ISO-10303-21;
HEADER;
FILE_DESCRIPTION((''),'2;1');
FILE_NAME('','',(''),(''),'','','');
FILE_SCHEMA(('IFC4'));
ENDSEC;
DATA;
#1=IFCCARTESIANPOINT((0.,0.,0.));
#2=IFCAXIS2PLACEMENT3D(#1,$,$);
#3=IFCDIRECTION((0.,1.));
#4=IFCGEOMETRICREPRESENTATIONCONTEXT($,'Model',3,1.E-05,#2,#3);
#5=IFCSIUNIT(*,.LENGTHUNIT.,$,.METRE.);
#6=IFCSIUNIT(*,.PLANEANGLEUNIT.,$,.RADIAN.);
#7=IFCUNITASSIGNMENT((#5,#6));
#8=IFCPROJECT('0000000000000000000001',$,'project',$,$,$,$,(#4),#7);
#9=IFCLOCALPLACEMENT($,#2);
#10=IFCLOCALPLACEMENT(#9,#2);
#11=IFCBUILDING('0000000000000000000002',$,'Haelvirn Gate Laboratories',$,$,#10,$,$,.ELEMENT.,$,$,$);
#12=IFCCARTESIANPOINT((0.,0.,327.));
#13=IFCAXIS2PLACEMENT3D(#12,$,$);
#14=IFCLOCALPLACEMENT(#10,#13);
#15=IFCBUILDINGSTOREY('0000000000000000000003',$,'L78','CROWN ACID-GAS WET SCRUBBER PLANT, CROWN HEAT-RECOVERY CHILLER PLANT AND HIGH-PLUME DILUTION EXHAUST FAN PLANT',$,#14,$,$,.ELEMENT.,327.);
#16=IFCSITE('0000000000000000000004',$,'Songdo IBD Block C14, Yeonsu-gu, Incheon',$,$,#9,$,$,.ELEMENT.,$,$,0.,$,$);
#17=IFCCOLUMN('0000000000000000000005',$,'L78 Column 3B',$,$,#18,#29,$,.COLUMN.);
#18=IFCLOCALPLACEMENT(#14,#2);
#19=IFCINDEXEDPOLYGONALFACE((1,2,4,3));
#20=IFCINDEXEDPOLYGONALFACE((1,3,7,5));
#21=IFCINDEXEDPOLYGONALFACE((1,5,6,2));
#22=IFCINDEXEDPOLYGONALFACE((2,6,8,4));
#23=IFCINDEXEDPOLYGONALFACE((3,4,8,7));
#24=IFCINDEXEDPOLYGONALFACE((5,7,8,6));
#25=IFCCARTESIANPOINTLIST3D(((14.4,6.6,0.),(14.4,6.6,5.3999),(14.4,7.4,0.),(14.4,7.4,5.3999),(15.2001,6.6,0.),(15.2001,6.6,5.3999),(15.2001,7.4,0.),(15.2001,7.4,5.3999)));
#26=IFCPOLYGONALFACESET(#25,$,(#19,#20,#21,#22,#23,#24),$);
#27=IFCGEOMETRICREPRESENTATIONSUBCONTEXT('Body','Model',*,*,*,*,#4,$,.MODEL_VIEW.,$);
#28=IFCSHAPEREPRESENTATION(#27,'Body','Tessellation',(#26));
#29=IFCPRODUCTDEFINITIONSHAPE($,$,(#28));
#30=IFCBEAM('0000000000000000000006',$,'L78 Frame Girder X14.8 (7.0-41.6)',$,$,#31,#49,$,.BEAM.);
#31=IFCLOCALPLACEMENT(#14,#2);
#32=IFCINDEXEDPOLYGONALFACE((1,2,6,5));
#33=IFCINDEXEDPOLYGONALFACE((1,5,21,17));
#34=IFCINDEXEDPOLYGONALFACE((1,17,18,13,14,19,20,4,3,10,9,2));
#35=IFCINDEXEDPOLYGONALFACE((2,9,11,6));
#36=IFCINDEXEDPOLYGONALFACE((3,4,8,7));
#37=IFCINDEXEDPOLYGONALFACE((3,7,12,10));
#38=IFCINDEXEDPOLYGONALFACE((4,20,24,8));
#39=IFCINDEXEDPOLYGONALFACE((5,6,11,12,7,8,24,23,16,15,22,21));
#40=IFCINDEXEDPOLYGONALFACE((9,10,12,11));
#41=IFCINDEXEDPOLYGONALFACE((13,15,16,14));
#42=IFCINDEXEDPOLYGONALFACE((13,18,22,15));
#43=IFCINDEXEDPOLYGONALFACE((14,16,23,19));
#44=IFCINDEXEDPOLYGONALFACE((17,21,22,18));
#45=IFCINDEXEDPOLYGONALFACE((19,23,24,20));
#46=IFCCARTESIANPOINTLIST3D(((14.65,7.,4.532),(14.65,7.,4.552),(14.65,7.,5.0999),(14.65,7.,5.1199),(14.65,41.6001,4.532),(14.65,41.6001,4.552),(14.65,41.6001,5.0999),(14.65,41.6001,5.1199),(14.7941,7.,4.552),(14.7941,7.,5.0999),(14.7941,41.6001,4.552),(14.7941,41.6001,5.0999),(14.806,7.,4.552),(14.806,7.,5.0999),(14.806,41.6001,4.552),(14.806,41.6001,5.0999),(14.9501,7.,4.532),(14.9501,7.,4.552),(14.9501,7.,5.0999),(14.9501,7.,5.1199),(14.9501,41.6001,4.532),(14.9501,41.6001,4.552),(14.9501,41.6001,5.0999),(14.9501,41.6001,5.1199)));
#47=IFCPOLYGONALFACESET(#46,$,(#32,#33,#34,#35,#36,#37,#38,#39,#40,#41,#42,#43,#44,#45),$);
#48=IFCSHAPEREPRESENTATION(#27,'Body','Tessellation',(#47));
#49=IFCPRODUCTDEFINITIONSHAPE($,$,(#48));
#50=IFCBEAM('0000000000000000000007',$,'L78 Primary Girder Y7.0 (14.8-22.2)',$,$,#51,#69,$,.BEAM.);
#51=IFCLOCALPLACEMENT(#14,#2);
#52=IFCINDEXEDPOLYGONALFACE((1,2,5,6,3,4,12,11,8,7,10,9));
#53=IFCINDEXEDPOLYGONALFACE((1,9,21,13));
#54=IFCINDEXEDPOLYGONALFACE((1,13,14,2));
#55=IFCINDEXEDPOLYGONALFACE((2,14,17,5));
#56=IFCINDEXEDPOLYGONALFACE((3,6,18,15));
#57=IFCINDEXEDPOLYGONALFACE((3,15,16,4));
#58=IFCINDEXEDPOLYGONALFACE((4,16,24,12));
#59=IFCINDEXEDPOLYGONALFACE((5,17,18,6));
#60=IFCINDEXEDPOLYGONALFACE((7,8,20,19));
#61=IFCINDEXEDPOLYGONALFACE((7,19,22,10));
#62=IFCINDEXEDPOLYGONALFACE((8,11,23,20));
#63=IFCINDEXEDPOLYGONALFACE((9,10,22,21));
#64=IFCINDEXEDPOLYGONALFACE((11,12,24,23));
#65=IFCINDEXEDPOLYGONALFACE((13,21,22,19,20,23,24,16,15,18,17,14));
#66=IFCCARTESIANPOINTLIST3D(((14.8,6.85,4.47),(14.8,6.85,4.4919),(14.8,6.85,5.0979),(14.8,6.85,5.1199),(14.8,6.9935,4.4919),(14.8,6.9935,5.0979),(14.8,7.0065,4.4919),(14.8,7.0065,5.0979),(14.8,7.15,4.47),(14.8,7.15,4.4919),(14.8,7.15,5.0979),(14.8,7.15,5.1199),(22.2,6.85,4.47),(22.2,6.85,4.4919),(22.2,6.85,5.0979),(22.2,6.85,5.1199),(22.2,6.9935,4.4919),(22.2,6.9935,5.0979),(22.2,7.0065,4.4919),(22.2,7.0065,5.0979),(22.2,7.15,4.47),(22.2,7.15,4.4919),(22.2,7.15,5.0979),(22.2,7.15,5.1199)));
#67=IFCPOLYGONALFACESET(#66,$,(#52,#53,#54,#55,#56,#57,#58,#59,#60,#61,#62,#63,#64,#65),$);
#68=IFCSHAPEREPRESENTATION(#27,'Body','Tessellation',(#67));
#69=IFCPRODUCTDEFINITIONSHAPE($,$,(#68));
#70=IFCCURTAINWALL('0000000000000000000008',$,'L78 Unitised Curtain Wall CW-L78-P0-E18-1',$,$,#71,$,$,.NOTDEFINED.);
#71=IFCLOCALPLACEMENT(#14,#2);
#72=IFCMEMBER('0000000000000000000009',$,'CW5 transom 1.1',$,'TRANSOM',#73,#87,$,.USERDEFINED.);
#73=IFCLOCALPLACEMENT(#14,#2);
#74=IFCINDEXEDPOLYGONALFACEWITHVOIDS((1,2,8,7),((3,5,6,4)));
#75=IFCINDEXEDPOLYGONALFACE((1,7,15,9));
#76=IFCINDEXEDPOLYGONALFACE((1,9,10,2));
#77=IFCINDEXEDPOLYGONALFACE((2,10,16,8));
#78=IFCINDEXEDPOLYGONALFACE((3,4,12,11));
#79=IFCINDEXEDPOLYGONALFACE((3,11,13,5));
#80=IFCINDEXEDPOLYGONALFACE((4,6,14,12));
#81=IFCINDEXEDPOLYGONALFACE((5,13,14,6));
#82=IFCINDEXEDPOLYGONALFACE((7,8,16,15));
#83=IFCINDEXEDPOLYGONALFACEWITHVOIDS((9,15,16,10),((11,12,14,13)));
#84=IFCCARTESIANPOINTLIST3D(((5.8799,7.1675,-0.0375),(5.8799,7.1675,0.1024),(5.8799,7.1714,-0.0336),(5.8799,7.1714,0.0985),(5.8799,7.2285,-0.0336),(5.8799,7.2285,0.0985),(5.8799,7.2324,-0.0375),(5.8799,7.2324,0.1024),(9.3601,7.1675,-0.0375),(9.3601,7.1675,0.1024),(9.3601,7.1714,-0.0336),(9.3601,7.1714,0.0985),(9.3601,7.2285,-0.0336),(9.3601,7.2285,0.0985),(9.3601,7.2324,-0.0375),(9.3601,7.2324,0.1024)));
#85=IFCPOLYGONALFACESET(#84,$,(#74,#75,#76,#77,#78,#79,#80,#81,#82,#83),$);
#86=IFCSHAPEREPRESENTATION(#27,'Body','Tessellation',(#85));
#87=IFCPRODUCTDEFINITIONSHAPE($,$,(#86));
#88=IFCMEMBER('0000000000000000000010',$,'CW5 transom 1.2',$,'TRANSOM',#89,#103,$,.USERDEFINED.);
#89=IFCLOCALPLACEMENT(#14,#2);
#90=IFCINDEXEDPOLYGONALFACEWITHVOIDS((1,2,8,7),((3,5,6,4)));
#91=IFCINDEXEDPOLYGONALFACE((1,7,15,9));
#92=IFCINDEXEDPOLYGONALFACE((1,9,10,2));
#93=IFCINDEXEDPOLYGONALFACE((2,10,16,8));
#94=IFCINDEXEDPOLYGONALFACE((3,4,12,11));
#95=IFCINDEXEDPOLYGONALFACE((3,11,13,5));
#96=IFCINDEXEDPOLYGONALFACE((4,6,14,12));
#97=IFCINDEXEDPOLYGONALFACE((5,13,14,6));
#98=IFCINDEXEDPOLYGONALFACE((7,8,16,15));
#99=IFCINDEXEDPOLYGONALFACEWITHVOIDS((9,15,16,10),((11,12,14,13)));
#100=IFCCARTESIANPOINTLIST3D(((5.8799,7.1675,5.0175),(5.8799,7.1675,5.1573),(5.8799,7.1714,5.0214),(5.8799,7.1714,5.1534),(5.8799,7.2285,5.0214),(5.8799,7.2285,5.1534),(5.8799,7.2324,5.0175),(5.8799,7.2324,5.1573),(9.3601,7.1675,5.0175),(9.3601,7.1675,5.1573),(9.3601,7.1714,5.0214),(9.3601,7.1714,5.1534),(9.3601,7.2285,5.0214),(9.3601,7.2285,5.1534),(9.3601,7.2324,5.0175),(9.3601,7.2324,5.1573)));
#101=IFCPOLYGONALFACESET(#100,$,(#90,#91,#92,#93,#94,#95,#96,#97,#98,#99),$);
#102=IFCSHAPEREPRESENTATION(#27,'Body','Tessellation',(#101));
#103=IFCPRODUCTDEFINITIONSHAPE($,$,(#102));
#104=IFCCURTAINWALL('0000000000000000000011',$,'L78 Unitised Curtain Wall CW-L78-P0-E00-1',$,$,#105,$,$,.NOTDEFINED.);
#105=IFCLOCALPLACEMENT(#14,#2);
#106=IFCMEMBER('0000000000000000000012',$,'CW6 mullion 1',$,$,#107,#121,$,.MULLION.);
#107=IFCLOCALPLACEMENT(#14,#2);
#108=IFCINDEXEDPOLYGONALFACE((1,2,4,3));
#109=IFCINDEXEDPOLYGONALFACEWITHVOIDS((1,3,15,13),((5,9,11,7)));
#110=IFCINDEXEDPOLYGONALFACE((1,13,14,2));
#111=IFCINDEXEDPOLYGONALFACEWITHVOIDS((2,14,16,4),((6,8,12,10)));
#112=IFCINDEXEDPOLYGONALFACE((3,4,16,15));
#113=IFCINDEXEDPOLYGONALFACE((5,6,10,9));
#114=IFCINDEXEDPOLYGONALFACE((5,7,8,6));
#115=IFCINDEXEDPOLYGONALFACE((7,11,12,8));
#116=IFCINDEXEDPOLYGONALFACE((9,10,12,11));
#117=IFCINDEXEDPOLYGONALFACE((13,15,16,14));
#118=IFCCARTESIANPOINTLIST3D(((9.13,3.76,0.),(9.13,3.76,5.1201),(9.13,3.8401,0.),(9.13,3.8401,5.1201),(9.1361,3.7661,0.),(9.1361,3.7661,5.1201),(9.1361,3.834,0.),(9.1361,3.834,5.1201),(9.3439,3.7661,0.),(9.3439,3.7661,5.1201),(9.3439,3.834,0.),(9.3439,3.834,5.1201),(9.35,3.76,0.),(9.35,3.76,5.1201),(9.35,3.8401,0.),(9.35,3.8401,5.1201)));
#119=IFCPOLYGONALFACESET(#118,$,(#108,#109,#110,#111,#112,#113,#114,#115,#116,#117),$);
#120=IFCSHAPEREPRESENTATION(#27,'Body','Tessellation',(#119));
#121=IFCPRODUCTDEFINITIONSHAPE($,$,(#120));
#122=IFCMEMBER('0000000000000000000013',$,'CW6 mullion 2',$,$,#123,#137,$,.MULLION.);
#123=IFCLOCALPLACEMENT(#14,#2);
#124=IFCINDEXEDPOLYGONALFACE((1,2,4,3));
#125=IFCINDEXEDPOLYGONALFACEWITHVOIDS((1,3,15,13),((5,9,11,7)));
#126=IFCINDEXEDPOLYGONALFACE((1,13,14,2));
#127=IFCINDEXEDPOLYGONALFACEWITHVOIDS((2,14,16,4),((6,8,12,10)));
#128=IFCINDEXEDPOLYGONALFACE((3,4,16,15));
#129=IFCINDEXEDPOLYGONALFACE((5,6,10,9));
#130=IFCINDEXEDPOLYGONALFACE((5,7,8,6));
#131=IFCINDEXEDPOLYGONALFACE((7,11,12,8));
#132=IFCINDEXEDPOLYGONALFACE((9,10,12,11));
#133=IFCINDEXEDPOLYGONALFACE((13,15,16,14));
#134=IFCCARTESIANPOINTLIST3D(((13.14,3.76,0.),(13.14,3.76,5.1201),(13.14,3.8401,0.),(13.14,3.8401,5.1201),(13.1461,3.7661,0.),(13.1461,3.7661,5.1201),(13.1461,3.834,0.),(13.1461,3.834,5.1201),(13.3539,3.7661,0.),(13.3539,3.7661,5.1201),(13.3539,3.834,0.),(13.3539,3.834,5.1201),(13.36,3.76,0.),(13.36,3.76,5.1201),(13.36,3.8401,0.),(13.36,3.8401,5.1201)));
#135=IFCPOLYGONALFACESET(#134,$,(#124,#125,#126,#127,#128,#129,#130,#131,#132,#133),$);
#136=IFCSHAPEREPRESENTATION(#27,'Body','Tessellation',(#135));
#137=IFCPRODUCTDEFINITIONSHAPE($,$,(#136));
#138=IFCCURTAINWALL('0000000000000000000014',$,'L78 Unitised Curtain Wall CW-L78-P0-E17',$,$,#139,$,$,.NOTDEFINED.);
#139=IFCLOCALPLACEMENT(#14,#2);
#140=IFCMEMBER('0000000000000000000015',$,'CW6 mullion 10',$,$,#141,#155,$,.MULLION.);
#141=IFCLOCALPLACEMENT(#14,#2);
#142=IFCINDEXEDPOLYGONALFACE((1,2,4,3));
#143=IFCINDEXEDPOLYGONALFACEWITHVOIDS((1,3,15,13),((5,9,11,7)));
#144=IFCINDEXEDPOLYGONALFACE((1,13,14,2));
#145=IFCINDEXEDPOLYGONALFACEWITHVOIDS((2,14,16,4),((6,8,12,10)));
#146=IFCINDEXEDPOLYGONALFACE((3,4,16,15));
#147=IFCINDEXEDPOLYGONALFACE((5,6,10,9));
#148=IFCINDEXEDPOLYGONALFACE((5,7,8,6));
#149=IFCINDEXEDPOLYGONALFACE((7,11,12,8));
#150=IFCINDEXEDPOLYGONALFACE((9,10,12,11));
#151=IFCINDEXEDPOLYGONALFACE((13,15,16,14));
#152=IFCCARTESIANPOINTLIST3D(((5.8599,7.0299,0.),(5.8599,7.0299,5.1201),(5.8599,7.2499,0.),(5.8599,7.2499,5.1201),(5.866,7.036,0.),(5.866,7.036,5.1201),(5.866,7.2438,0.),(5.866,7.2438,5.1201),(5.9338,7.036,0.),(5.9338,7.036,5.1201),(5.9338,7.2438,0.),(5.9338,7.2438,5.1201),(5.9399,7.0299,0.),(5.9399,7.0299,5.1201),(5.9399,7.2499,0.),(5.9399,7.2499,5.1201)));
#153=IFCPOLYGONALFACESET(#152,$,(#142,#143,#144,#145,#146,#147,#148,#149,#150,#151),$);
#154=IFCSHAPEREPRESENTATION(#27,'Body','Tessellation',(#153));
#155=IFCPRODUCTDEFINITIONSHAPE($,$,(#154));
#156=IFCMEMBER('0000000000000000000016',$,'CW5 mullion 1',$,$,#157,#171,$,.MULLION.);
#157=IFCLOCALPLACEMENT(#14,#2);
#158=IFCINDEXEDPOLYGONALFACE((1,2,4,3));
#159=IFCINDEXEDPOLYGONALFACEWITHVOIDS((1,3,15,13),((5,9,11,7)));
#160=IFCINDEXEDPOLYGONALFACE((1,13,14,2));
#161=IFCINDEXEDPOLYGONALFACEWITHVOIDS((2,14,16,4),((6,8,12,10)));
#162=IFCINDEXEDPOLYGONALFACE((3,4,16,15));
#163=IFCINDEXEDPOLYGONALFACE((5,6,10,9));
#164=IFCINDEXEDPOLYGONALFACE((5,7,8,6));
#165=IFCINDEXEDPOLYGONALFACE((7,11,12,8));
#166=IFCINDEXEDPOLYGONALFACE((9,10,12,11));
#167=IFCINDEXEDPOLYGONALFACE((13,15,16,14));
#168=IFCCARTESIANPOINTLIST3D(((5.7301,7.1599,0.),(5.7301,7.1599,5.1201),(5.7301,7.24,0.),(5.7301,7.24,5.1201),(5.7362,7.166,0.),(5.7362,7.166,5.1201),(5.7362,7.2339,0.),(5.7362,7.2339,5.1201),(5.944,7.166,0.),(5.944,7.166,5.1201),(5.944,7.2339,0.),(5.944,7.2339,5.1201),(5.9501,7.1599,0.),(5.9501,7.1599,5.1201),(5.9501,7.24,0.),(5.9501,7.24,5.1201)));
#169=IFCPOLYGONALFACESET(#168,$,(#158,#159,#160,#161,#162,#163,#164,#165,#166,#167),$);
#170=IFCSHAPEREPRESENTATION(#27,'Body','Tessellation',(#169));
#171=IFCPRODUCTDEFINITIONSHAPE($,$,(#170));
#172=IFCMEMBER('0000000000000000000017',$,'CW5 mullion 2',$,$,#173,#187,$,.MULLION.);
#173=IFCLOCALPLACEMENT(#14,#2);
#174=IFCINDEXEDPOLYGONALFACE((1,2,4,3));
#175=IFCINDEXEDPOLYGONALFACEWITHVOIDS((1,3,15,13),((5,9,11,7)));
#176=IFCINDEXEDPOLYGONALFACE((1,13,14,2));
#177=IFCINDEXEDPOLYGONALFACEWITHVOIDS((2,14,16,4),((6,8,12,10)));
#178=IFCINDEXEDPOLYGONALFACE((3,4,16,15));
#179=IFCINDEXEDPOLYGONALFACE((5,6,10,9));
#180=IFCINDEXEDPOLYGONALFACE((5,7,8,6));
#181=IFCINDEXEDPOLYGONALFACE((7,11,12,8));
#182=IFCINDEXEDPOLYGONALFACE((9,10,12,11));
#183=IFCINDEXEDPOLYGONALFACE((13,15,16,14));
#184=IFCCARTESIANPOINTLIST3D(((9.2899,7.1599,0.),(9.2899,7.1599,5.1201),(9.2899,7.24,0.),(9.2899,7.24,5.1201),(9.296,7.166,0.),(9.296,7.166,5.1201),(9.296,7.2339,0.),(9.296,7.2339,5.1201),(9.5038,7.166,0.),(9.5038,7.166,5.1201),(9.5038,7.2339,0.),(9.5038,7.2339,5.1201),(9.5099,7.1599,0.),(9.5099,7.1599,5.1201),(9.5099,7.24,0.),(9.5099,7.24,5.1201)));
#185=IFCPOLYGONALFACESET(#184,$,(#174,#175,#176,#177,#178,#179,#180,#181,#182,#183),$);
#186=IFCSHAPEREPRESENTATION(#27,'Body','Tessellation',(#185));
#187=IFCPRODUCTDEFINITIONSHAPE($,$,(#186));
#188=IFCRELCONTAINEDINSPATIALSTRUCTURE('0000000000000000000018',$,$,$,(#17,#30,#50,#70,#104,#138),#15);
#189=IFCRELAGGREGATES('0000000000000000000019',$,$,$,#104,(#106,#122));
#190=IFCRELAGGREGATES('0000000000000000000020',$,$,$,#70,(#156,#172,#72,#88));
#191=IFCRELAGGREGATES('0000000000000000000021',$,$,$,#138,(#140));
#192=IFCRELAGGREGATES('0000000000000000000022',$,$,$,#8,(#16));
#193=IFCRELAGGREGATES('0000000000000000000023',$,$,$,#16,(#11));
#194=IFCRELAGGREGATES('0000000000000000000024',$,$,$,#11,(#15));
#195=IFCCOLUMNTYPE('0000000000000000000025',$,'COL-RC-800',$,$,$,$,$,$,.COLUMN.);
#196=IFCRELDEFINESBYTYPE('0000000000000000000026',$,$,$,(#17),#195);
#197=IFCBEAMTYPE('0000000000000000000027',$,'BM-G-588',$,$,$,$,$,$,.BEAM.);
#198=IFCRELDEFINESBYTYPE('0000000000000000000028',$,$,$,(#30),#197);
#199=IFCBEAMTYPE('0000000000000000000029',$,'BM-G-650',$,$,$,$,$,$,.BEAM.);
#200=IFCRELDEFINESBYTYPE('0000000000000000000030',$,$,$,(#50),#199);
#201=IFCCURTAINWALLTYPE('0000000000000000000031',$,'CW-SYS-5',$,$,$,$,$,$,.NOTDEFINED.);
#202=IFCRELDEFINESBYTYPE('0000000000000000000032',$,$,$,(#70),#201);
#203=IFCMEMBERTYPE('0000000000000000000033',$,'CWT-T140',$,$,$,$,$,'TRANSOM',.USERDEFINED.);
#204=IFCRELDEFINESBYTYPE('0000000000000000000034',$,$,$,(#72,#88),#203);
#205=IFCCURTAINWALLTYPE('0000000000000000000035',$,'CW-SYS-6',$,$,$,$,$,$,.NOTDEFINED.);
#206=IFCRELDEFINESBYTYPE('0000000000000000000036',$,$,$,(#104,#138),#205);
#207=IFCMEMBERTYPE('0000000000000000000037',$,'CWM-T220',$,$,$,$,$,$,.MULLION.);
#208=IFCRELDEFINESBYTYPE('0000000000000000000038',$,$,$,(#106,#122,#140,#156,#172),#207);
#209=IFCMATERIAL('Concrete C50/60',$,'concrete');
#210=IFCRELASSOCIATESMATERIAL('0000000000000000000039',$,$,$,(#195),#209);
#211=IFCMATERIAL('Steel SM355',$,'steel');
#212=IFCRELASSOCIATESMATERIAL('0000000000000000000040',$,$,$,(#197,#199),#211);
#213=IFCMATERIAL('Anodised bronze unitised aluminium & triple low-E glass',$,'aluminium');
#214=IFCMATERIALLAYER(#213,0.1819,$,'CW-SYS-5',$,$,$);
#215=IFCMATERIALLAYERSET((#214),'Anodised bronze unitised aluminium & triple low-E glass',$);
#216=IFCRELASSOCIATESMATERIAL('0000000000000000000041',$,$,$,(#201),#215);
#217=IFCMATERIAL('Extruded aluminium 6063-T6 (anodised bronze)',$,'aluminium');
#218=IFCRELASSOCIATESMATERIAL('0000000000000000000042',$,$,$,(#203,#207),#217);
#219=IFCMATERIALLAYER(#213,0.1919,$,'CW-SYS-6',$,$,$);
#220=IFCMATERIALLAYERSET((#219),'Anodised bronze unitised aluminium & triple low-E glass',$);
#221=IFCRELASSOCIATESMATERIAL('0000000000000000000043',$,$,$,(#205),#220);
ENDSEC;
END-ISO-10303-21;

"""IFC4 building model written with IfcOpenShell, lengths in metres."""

from ifc_helpers import new_model, si_unit, direction, frame, origin, origin_2d, place, context, subcontext, project, spatial, rectangle, hollow_rectangle, i_section, extrude, source, transform, mapped, material, layer, layer_set, material_profile, profile_set, type_object, type_shapes, element, aggregate, save


model = new_model("IFC4")

# Units and contexts
model_context = context("Model", 3, precision=1e-05, world=origin(), true_north=direction((0.0, 1.0)))
body_context = subcontext(model_context, "Body", "Model", "MODEL_VIEW")
ifc_project = project(units=[si_unit("LENGTHUNIT", "METRE"), si_unit("PLANEANGLEUNIT", "RADIAN")], contexts=[model_context])

# Site, building, storey
site_placement = place(None, origin())
site = spatial("IfcSite", under=ifc_project, at=site_placement, Name="Songdo IBD Block C14, Yeonsu-gu, Incheon", CompositionType="ELEMENT", RefElevation=0.0)
building_placement = place(site_placement, origin())
building = spatial("IfcBuilding", under=site, at=building_placement, Name="Haelvirn Gate Laboratories", CompositionType="ELEMENT")
storey_placement = place(building_placement, frame((0.0, 0.0, 327.0)))
storey = spatial("IfcBuildingStorey", under=building, at=storey_placement, Name="L78", Description="CROWN ACID-GAS WET SCRUBBER PLANT, CROWN HEAT-RECOVERY CHILLER PLANT AND HIGH-PLUME DILUTION EXHAUST FAN PLANT", CompositionType="ELEMENT", Elevation=327.0)

# Column
ifc_material_1 = material(Name="Concrete C50/60", Category="concrete")
ifc_material_profile_1 = material_profile(ifc_material_1, rectangle(XDim=0.8, YDim=0.8, at=origin_2d()), Name="RC-800x800")
ifc_profile_set_1 = profile_set([ifc_material_profile_1], Name="Concrete C50/60")
column_type = type_object("IfcColumnType", Name="COL-RC-800", PredefinedType="COLUMN", material=ifc_profile_set_1)
shared_shape_1 = source(origin(), body_context, "Body", "SweptSolid", [
    extrude(rectangle(XDim=0.8, YDim=0.8, at=origin_2d()), origin(), (0.0, 0.0, 1.0), 5.3999),
])
type_shapes(column_type, [shared_shape_1])
column_placement = place(storey_placement, frame((14.8, 7.0, 0.0), z_axis=(0.0, 0.0, 1.0), x_axis=(1.0, 0.0, 0.0)))
element("IfcColumn", 1, at=column_placement, inside=storey, type_object=column_type, Name="L78 Column 3B", PredefinedType="COLUMN", context=body_context, shape_type="MappedRepresentation", body=[
    mapped(shared_shape_1, transform((0.0, 0.0, 0.0), scale=1.0)),
])

# Beams
ifc_material_2 = material(Name="Steel SM355", Category="steel")
ifc_material_profile_2 = material_profile(ifc_material_2, i_section(OverallWidth=0.3, OverallDepth=0.5879, WebThickness=0.012, FlangeThickness=0.02, at=origin_2d()), Name="H-588x300x12x20")
ifc_profile_set_2 = profile_set([ifc_material_profile_2], Name="Steel SM355")
beam_type_1 = type_object("IfcBeamType", Name="BM-G-588", PredefinedType="BEAM", material=ifc_profile_set_2)
shared_shape_2 = source(origin(), body_context, "Body", "SweptSolid", [
    extrude(i_section(OverallWidth=0.3, OverallDepth=0.5879, WebThickness=0.012, FlangeThickness=0.02, at=origin_2d()), origin(), (0.0, 0.0, 1.0), 34.6001),
])
type_shapes(beam_type_1, [shared_shape_2])
beam_1_placement = place(storey_placement, frame((14.8, 7.0, 4.8259), z_axis=(0.0, 1.0, 0.0), x_axis=(-1.0, 0.0, 0.0)))
element("IfcBeam", 2, at=beam_1_placement, inside=storey, type_object=beam_type_1, Name="L78 Frame Girder X14.8 (7.0-41.6)", PredefinedType="BEAM", context=body_context, shape_type="MappedRepresentation", body=[
    mapped(shared_shape_2, transform((0.0, 0.0, 0.0), scale=1.0)),
])
ifc_material_profile_3 = material_profile(ifc_material_2, i_section(OverallWidth=0.3, OverallDepth=0.6499, WebThickness=0.0129, FlangeThickness=0.022, at=origin_2d()), Name="H-650x300x13x22")
ifc_profile_set_3 = profile_set([ifc_material_profile_3], Name="Steel SM355")
beam_type_2 = type_object("IfcBeamType", Name="BM-G-650", PredefinedType="BEAM", material=ifc_profile_set_3)
shared_shape_3 = source(origin(), body_context, "Body", "SweptSolid", [
    extrude(i_section(OverallWidth=0.3, OverallDepth=0.6499, WebThickness=0.0129, FlangeThickness=0.022, at=origin_2d()), origin(), (0.0, 0.0, 1.0), 7.3999),
])
type_shapes(beam_type_2, [shared_shape_3])
beam_2_placement = place(storey_placement, frame((14.8, 7.0, 4.7949), z_axis=(1.0, 0.0, 0.0), x_axis=(0.0, 1.0, 0.0)))
element("IfcBeam", 3, at=beam_2_placement, inside=storey, type_object=beam_type_2, Name="L78 Primary Girder Y7.0 (14.8-22.2)", PredefinedType="BEAM", context=body_context, shape_type="MappedRepresentation", body=[
    mapped(shared_shape_3, transform((0.0, 0.0, 0.0), scale=1.0)),
])

# Curtain walls, members
ifc_material_3 = material(Name="Anodised bronze unitised aluminium & triple low-E glass", Category="aluminium")
ifc_layer_1 = layer(ifc_material_3, 0.1819, Name="CW-SYS-5")
ifc_layer_set_1 = layer_set([ifc_layer_1], Name="Anodised bronze unitised aluminium & triple low-E glass")
curtain_wall_type_1 = type_object("IfcCurtainWallType", Name="CW-SYS-5", PredefinedType="NOTDEFINED", material=ifc_layer_set_1)
curtain_wall_1_placement = place(storey_placement, origin())
curtain_wall_1 = element("IfcCurtainWall", 4, at=curtain_wall_1_placement, inside=storey, type_object=curtain_wall_type_1, Name="L78 Unitised Curtain Wall CW-L78-P0-E18-1", PredefinedType="NOTDEFINED")
ifc_material_4 = material(Name="Extruded aluminium 6063-T6 (anodised bronze)", Category="aluminium")
ifc_material_profile_4 = material_profile(ifc_material_4, hollow_rectangle(XDim=0.0649, YDim=0.1399, WallThickness=0.0039, at=origin_2d()), Name="CWT-140x65x4")
ifc_profile_set_4 = profile_set([ifc_material_profile_4], Name="Extruded aluminium 6063-T6 (anodised bronze)")
member_type_1 = type_object("IfcMemberType", Name="CWT-T140", ElementType="TRANSOM", PredefinedType="USERDEFINED", material=ifc_profile_set_4)
shared_shape_4 = source(origin(), body_context, "Body", "SweptSolid", [
    extrude(hollow_rectangle(XDim=0.0649, YDim=0.1399, WallThickness=0.0039, at=origin_2d()), origin(), (0.0, 0.0, 1.0), 3.4802),
])
type_shapes(member_type_1, [shared_shape_4])
member_1_placement = place(storey_placement, frame((5.8799, 7.2, 0.0325), z_axis=(1.0, 0.0, 0.0), x_axis=(0.0, 1.0, 0.0)))
member_1 = element("IfcMember", 5, at=member_1_placement, type_object=member_type_1, Name="CW5 transom 1.1", ObjectType="TRANSOM", PredefinedType="USERDEFINED", context=body_context, shape_type="MappedRepresentation", body=[
    mapped(shared_shape_4, transform((0.0, 0.0, 0.0), scale=1.0)),
])
member_2_placement = place(storey_placement, frame((5.8799, 7.2, 5.0874), z_axis=(1.0, 0.0, 0.0), x_axis=(0.0, 1.0, 0.0)))
member_2 = element("IfcMember", 6, at=member_2_placement, type_object=member_type_1, Name="CW5 transom 1.2", ObjectType="TRANSOM", PredefinedType="USERDEFINED", context=body_context, shape_type="MappedRepresentation", body=[
    mapped(shared_shape_4, transform((0.0, 0.0, 0.0), scale=1.0)),
])
ifc_layer_2 = layer(ifc_material_3, 0.1919, Name="CW-SYS-6")
ifc_layer_set_2 = layer_set([ifc_layer_2], Name="Anodised bronze unitised aluminium & triple low-E glass")
curtain_wall_type_2 = type_object("IfcCurtainWallType", Name="CW-SYS-6", PredefinedType="NOTDEFINED", material=ifc_layer_set_2)
curtain_wall_2_placement = place(storey_placement, origin())
curtain_wall_2 = element("IfcCurtainWall", 7, at=curtain_wall_2_placement, inside=storey, type_object=curtain_wall_type_2, Name="L78 Unitised Curtain Wall CW-L78-P0-E00-1", PredefinedType="NOTDEFINED")
ifc_material_profile_5 = material_profile(ifc_material_4, hollow_rectangle(XDim=0.0801, YDim=0.22, WallThickness=0.0061, at=origin_2d()), Name="CWM-220x80x6")
ifc_profile_set_5 = profile_set([ifc_material_profile_5], Name="Extruded aluminium 6063-T6 (anodised bronze)")
member_type_2 = type_object("IfcMemberType", Name="CWM-T220", PredefinedType="MULLION", material=ifc_profile_set_5)
shared_shape_5 = source(origin(), body_context, "Body", "SweptSolid", [
    extrude(hollow_rectangle(XDim=0.0801, YDim=0.22, WallThickness=0.0061, at=origin_2d()), origin(), (0.0, 0.0, 1.0), 5.1201),
])
type_shapes(member_type_2, [shared_shape_5])
member_3_placement = place(storey_placement, frame((9.24, 3.8, 0.0), z_axis=(0.0, 0.0, 1.0), x_axis=(0.0, 1.0, 0.0)))
member_3 = element("IfcMember", 8, at=member_3_placement, type_object=member_type_2, Name="CW6 mullion 1", PredefinedType="MULLION", context=body_context, shape_type="MappedRepresentation", body=[
    mapped(shared_shape_5, transform((0.0, 0.0, 0.0), scale=1.0)),
])
member_4_placement = place(storey_placement, frame((13.25, 3.8, 0.0), z_axis=(0.0, 0.0, 1.0), x_axis=(0.0, 1.0, 0.0)))
member_4 = element("IfcMember", 9, at=member_4_placement, type_object=member_type_2, Name="CW6 mullion 2", PredefinedType="MULLION", context=body_context, shape_type="MappedRepresentation", body=[
    mapped(shared_shape_5, transform((0.0, 0.0, 0.0), scale=1.0)),
])

# Curtain wall, member
curtain_wall_3_placement = place(storey_placement, origin())
curtain_wall_3 = element("IfcCurtainWall", 10, at=curtain_wall_3_placement, inside=storey, type_object=curtain_wall_type_2, Name="L78 Unitised Curtain Wall CW-L78-P0-E17", PredefinedType="NOTDEFINED")
member_5_placement = place(storey_placement, frame((5.8999, 7.1399, 0.0), z_axis=(0.0, 0.0, 1.0), x_axis=(1.0, 0.0, 0.0)))
member_5 = element("IfcMember", 11, at=member_5_placement, type_object=member_type_2, Name="CW6 mullion 10", PredefinedType="MULLION", context=body_context, shape_type="MappedRepresentation", body=[
    mapped(shared_shape_5, transform((0.0, 0.0, 0.0), scale=1.0)),
])

# Members
member_6_placement = place(storey_placement, frame((5.8401, 7.2, 0.0), z_axis=(0.0, 0.0, 1.0), x_axis=(0.0, 1.0, 0.0)))
member_6 = element("IfcMember", 12, at=member_6_placement, type_object=member_type_2, Name="CW5 mullion 1", PredefinedType="MULLION", context=body_context, shape_type="MappedRepresentation", body=[
    mapped(shared_shape_5, transform((0.0, 0.0, 0.0), scale=1.0)),
])
member_7_placement = place(storey_placement, frame((9.3999, 7.2, 0.0), z_axis=(0.0, 0.0, 1.0), x_axis=(0.0, 1.0, 0.0)))
member_7 = element("IfcMember", 13, at=member_7_placement, type_object=member_type_2, Name="CW5 mullion 2", PredefinedType="MULLION", context=body_context, shape_type="MappedRepresentation", body=[
    mapped(shared_shape_5, transform((0.0, 0.0, 0.0), scale=1.0)),
])

aggregate(curtain_wall_2, [member_3, member_4])
aggregate(curtain_wall_1, [member_6, member_7, member_1, member_2])
aggregate(curtain_wall_3, [member_5])

save(model, "model.ifc")
